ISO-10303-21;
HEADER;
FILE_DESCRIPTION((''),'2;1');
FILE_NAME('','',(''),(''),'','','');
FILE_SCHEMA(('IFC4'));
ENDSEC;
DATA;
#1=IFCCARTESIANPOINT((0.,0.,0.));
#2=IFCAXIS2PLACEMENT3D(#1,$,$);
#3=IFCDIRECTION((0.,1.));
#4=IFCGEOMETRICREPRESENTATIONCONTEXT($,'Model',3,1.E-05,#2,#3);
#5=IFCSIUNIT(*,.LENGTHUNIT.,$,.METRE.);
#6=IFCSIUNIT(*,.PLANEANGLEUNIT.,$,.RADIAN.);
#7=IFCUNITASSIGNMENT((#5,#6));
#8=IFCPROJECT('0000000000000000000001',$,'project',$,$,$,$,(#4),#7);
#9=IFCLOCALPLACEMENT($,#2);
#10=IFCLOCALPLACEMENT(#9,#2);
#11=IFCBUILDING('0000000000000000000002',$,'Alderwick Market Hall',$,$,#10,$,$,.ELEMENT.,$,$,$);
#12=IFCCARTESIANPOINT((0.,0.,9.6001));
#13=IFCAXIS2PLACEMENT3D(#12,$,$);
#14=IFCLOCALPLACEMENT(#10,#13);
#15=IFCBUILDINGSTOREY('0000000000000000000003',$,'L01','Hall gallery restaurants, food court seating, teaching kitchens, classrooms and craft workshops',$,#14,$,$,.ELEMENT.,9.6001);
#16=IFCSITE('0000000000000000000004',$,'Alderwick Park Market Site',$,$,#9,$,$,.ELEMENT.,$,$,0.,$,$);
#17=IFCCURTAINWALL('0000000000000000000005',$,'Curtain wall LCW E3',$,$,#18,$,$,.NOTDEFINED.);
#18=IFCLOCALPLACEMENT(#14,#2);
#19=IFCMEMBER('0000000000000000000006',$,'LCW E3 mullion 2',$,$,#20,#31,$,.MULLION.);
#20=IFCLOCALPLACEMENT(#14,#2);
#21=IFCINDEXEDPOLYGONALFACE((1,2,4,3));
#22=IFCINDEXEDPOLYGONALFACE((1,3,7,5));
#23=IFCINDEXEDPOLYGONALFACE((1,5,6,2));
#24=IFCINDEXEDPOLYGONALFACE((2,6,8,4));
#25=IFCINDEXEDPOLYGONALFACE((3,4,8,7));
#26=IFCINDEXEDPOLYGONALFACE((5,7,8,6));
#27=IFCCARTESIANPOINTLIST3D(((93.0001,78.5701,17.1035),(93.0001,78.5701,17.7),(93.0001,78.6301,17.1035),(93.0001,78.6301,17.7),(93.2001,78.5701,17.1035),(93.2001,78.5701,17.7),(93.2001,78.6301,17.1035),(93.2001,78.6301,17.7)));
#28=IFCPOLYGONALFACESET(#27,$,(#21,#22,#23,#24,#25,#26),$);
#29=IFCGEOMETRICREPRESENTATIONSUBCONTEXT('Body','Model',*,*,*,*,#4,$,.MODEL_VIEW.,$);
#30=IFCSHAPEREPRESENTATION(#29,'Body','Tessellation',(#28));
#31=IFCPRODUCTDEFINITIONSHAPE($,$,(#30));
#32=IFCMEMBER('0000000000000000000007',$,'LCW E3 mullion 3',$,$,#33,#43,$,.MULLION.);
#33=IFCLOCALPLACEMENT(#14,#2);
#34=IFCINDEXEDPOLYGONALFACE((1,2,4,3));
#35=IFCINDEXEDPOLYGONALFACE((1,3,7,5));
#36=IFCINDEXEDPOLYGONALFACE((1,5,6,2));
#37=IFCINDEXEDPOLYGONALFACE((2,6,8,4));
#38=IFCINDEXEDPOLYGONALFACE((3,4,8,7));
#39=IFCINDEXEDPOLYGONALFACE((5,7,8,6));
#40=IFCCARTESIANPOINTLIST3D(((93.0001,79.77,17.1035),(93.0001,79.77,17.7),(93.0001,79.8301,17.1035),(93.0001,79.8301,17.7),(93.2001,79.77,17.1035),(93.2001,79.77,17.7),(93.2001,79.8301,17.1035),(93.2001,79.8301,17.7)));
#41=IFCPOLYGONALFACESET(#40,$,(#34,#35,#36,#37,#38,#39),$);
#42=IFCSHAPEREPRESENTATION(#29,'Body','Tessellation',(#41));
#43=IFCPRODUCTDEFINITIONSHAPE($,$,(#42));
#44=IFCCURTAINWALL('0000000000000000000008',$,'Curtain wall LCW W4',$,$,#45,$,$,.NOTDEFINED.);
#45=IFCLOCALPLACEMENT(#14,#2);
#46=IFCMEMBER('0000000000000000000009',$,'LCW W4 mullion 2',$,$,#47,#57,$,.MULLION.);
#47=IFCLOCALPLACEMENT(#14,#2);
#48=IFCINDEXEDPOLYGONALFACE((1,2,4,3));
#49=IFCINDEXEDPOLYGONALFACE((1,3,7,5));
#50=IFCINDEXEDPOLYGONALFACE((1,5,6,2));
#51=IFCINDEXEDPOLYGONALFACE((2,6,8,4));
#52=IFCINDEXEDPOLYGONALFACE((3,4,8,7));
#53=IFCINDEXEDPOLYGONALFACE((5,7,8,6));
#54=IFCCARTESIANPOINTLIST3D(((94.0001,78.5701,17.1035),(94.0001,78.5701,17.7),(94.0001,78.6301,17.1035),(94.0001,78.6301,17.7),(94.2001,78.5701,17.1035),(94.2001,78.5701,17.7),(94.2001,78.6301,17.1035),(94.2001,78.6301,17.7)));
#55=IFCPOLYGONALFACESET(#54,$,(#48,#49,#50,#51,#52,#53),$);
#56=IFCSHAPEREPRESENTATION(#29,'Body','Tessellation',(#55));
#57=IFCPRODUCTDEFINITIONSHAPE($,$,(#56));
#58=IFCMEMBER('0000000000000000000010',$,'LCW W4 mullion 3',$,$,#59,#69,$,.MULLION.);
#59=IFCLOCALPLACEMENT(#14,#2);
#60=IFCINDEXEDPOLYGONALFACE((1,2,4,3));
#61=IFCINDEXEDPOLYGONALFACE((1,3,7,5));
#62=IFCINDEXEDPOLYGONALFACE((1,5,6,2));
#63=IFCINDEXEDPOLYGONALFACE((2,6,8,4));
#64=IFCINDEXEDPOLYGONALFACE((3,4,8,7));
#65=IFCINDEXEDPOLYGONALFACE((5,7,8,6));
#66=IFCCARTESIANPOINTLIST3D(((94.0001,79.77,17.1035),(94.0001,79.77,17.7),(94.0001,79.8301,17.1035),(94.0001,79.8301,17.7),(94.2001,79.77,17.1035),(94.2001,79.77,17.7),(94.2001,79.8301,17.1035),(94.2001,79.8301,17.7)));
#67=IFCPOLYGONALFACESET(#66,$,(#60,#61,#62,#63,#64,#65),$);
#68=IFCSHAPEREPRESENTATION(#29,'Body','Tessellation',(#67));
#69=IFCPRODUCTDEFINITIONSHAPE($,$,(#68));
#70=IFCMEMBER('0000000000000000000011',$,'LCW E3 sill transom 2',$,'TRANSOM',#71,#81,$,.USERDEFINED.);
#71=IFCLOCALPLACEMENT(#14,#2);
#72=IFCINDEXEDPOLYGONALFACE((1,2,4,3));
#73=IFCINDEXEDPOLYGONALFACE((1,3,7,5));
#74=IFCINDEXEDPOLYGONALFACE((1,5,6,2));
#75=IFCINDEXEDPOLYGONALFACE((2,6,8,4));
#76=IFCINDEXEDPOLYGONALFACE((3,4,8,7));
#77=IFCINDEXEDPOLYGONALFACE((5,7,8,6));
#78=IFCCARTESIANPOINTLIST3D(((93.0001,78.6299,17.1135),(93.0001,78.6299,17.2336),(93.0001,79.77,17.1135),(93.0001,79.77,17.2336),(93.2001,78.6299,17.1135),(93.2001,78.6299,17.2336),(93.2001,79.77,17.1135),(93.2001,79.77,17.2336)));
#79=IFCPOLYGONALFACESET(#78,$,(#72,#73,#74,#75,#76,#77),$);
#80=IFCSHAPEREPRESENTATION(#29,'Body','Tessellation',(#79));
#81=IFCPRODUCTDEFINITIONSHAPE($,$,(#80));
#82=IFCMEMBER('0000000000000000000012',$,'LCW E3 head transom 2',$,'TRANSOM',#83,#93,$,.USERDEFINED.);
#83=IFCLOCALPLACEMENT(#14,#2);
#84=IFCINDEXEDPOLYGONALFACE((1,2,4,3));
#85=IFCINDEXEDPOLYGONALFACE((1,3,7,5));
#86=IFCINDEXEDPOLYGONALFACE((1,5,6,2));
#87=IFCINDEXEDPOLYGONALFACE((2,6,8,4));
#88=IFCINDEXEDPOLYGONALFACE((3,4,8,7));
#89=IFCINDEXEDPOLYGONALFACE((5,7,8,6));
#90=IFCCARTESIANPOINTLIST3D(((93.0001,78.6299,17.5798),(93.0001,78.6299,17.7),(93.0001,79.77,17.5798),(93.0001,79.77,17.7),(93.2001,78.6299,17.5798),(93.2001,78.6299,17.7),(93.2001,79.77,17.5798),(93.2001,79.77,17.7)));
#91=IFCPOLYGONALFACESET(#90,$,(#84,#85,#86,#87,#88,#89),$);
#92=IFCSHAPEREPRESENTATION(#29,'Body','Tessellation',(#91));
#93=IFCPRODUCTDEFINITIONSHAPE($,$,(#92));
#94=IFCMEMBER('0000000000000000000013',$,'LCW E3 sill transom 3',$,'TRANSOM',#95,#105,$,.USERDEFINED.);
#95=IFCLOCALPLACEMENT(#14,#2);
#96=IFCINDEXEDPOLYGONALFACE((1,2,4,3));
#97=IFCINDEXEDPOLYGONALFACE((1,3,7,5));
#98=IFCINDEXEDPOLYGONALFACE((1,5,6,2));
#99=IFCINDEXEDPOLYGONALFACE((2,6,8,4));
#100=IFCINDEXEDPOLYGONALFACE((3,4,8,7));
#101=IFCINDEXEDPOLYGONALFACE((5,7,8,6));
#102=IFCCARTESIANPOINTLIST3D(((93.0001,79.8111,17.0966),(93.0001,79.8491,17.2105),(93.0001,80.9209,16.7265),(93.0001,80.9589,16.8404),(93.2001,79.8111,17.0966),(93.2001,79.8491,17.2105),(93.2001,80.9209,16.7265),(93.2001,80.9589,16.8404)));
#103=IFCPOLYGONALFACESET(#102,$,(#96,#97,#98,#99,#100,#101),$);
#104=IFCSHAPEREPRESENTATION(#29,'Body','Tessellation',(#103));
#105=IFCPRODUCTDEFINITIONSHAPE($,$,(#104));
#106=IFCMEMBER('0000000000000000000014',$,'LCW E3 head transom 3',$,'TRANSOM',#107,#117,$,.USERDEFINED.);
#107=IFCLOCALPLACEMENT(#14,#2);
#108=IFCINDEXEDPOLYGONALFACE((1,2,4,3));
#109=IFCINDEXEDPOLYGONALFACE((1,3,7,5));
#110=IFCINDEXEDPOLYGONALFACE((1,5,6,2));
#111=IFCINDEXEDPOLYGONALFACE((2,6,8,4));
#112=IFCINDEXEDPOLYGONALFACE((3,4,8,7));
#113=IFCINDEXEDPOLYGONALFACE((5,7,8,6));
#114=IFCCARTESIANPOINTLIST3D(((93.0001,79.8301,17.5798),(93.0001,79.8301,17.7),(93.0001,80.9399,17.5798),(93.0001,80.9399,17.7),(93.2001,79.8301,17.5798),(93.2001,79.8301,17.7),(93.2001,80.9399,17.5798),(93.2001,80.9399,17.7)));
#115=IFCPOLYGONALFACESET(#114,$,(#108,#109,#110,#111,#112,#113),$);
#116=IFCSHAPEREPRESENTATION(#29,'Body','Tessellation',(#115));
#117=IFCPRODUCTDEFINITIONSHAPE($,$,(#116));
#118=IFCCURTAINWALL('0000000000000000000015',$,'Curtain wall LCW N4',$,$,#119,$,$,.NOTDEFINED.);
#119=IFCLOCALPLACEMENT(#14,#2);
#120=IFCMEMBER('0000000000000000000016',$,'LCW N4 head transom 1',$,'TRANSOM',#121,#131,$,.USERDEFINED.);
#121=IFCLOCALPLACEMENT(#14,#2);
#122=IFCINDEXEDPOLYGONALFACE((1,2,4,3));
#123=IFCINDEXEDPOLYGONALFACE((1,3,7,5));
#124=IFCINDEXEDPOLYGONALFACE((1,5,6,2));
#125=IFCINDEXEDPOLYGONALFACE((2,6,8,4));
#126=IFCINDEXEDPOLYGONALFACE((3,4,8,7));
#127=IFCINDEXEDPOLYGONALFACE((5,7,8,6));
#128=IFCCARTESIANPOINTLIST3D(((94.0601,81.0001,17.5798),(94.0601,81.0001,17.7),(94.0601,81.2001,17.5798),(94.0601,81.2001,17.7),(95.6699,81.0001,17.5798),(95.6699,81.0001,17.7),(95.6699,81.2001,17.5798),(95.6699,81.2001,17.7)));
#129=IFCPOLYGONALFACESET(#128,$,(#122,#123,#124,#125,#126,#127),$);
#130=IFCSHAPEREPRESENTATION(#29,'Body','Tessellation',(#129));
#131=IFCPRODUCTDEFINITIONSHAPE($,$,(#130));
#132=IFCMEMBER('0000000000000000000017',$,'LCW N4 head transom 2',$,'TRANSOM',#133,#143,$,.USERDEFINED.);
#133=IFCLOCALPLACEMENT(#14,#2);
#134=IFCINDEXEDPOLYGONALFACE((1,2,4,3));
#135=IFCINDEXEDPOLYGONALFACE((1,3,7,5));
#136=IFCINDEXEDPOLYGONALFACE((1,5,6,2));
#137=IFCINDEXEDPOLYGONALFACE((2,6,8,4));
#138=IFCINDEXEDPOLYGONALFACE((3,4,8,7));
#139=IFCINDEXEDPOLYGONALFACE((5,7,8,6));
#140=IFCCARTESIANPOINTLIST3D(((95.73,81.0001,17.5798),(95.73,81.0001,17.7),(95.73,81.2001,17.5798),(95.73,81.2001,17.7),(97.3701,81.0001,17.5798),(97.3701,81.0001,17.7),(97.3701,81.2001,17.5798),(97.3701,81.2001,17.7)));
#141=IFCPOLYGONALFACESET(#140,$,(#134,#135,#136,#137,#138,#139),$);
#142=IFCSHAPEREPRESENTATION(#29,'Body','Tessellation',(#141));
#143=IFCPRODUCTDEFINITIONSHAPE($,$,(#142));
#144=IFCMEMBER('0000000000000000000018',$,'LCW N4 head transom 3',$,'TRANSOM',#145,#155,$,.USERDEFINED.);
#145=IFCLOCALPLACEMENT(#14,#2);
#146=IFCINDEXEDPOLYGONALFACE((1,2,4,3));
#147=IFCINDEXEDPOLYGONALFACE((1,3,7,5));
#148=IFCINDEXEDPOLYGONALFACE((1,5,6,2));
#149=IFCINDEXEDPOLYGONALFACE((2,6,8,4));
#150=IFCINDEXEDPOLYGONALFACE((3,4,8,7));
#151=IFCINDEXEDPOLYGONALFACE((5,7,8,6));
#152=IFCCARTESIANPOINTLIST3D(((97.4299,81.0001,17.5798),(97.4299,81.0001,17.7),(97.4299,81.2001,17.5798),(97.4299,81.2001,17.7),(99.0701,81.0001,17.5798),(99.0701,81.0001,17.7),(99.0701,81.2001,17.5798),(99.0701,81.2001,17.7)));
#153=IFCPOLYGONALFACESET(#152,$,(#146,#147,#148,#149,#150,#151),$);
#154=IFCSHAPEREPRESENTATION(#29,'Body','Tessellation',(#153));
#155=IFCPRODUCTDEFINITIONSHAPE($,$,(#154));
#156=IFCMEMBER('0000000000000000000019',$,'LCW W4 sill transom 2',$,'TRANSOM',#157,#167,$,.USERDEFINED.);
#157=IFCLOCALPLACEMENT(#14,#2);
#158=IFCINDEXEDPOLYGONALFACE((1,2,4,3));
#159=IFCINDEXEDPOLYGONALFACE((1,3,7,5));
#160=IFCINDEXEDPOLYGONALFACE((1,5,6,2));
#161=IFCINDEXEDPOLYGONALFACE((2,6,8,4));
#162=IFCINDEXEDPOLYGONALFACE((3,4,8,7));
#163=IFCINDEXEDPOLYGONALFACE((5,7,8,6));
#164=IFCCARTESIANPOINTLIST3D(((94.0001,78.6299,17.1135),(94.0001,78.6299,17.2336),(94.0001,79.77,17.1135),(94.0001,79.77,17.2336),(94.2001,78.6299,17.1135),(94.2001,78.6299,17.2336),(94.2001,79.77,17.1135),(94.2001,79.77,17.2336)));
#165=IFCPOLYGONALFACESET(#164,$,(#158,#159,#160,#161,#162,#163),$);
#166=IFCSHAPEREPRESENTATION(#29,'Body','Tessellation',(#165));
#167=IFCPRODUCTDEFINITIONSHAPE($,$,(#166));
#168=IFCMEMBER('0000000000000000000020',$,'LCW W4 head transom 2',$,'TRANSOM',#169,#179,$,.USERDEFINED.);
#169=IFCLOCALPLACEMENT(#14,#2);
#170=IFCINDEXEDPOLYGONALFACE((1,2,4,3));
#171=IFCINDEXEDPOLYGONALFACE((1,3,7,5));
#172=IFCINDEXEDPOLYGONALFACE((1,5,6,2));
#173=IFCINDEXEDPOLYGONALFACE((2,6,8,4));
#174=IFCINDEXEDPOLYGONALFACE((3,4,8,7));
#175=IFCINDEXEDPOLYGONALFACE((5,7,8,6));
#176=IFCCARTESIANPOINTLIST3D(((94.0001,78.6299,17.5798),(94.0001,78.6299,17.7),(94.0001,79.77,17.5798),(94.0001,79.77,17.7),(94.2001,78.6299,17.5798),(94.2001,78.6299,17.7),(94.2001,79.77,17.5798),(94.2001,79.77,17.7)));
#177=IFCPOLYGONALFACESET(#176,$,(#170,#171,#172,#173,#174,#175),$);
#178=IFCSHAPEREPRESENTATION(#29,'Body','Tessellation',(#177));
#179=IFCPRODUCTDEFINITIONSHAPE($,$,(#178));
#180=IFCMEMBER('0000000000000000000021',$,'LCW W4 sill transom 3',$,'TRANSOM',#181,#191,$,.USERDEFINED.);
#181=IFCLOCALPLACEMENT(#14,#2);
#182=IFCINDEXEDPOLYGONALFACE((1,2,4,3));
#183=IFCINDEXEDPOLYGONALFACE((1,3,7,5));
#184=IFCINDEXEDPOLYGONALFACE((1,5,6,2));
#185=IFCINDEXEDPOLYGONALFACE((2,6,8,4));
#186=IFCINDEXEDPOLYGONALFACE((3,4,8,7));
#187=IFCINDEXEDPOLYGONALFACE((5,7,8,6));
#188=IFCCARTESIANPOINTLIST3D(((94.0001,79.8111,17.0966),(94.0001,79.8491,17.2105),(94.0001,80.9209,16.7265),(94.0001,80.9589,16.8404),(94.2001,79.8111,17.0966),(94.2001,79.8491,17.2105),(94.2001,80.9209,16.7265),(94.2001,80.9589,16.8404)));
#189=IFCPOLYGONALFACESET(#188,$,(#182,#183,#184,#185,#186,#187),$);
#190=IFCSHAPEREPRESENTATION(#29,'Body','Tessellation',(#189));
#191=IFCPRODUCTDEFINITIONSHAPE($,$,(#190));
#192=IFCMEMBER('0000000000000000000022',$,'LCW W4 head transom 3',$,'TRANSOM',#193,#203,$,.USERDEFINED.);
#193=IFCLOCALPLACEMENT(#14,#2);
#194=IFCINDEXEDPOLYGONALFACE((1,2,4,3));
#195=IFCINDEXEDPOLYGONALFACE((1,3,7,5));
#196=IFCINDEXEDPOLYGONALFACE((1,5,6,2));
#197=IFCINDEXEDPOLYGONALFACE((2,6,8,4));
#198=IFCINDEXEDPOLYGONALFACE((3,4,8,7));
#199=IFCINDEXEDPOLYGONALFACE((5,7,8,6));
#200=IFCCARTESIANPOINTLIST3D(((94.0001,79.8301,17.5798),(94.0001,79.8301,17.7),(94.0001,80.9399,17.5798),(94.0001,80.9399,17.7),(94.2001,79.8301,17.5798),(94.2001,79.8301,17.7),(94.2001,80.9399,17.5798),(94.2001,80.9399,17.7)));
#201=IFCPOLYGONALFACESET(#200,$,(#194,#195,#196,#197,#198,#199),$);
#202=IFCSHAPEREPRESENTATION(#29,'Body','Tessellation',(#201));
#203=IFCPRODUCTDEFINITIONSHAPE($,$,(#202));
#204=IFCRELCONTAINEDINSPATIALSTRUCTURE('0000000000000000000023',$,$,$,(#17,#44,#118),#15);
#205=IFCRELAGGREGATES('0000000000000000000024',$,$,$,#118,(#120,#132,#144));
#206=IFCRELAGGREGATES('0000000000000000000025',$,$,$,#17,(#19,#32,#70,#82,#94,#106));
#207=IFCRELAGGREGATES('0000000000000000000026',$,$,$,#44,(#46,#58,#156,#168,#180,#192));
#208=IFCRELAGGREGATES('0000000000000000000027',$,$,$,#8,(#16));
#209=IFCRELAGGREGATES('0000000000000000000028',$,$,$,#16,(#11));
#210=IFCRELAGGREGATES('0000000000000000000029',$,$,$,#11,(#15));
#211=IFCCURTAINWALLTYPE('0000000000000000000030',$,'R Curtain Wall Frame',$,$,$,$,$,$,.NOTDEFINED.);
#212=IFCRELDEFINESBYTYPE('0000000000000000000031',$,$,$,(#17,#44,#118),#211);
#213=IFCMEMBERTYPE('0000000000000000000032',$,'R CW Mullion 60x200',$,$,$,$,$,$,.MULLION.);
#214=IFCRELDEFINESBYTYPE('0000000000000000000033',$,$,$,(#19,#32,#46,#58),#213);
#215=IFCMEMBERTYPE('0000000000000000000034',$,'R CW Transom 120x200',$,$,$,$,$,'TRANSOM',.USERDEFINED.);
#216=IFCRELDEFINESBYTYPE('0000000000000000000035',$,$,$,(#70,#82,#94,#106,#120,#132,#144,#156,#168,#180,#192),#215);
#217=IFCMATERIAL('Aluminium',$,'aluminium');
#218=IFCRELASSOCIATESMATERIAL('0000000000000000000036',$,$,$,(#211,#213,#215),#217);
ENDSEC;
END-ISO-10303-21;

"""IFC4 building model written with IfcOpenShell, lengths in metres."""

from ifc_helpers import new_model, si_unit, direction, frame, origin, origin_2d, place, context, subcontext, project, spatial, rectangle, extrude, material, material_profile, profile_set, type_object, element, aggregate, save


model = new_model("IFC4")

# Units and contexts
model_context = context("Model", 3, precision=1e-05, world=origin(), true_north=direction((0.0, 1.0)))
body_context = subcontext(model_context, "Body", "Model", "MODEL_VIEW")
ifc_project = project(units=[si_unit("LENGTHUNIT", "METRE"), si_unit("PLANEANGLEUNIT", "RADIAN")], contexts=[model_context])

# Site, building, storey
site_placement = place(None, origin())
site = spatial("IfcSite", under=ifc_project, at=site_placement, Name="Alderwick Park Market Site", CompositionType="ELEMENT", RefElevation=0.0)
building_placement = place(site_placement, origin())
building = spatial("IfcBuilding", under=site, at=building_placement, Name="Alderwick Market Hall", CompositionType="ELEMENT")
storey_placement = place(building_placement, frame((0.0, 0.0, 9.6001)))
storey = spatial("IfcBuildingStorey", under=building, at=storey_placement, Name="L01", Description="Hall gallery restaurants, food court seating, teaching kitchens, classrooms and craft workshops", CompositionType="ELEMENT", Elevation=9.6001)

# Curtain walls, members
ifc_material_1 = material(Name="Aluminium", Category="aluminium")
curtain_wall_type = type_object("IfcCurtainWallType", Name="R Curtain Wall Frame", PredefinedType="NOTDEFINED", material=ifc_material_1)
curtain_wall_1_placement = place(storey_placement, origin())
curtain_wall_1 = element("IfcCurtainWall", 1, at=curtain_wall_1_placement, inside=storey, type_object=curtain_wall_type, Name="Curtain wall LCW E3", PredefinedType="NOTDEFINED")
ifc_material_profile_1 = material_profile(ifc_material_1, rectangle(XDim=0.2, YDim=0.0601, at=origin_2d()), Name="AL 60x200")
ifc_profile_set_1 = profile_set([ifc_material_profile_1], Name="Aluminium")
member_type_1 = type_object("IfcMemberType", Name="R CW Mullion 60x200", PredefinedType="MULLION", material=ifc_profile_set_1)
member_1_placement = place(storey_placement, frame((93.1001, 78.6001, 17.1035), z_axis=(0.0, 0.0, 1.0), x_axis=(1.0, 0.0, 0.0)))
member_1 = element("IfcMember", 2, at=member_1_placement, type_object=member_type_1, Name="LCW E3 mullion 2", PredefinedType="MULLION", context=body_context, shape_type="SweptSolid", body=[
    extrude(rectangle(XDim=0.2, YDim=0.0601, at=origin_2d()), origin(), (0.0, 0.0, 1.0), 0.5964),
])
member_2_placement = place(storey_placement, frame((93.1001, 79.8, 17.1035), z_axis=(0.0, 0.0, 1.0), x_axis=(1.0, 0.0, 0.0)))
member_2 = element("IfcMember", 3, at=member_2_placement, type_object=member_type_1, Name="LCW E3 mullion 3", PredefinedType="MULLION", context=body_context, shape_type="SweptSolid", body=[
    extrude(rectangle(XDim=0.2, YDim=0.0601, at=origin_2d()), origin(), (0.0, 0.0, 1.0), 0.5964),
])
curtain_wall_2_placement = place(storey_placement, origin())
curtain_wall_2 = element("IfcCurtainWall", 4, at=curtain_wall_2_placement, inside=storey, type_object=curtain_wall_type, Name="Curtain wall LCW W4", PredefinedType="NOTDEFINED")
member_3_placement = place(storey_placement, frame((94.1001, 78.6001, 17.1035), z_axis=(0.0, 0.0, 1.0), x_axis=(1.0, 0.0, 0.0)))
member_3 = element("IfcMember", 5, at=member_3_placement, type_object=member_type_1, Name="LCW W4 mullion 2", PredefinedType="MULLION", context=body_context, shape_type="SweptSolid", body=[
    extrude(rectangle(XDim=0.2, YDim=0.0601, at=origin_2d()), origin(), (0.0, 0.0, 1.0), 0.5964),
])
member_4_placement = place(storey_placement, frame((94.1001, 79.8, 17.1035), z_axis=(0.0, 0.0, 1.0), x_axis=(1.0, 0.0, 0.0)))
member_4 = element("IfcMember", 6, at=member_4_placement, type_object=member_type_1, Name="LCW W4 mullion 3", PredefinedType="MULLION", context=body_context, shape_type="SweptSolid", body=[
    extrude(rectangle(XDim=0.2, YDim=0.0601, at=origin_2d()), origin(), (0.0, 0.0, 1.0), 0.5964),
])

# Members
ifc_material_profile_2 = material_profile(ifc_material_1, rectangle(XDim=0.2, YDim=0.1201, at=origin_2d()), Name="AL 120x200")
ifc_profile_set_2 = profile_set([ifc_material_profile_2], Name="Aluminium")
member_type_2 = type_object("IfcMemberType", Name="R CW Transom 120x200", ElementType="TRANSOM", PredefinedType="USERDEFINED", material=ifc_profile_set_2)
member_5_placement = place(storey_placement, frame((93.1001, 78.6299, 17.1736), z_axis=(0.0, 1.0, 0.0), x_axis=(-1.0, 0.0, 0.0)))
member_5 = element("IfcMember", 7, at=member_5_placement, type_object=member_type_2, Name="LCW E3 sill transom 2", ObjectType="TRANSOM", PredefinedType="USERDEFINED", context=body_context, shape_type="SweptSolid", body=[
    extrude(rectangle(XDim=0.2, YDim=0.1201, at=origin_2d()), origin(), (0.0, 0.0, 1.0), 1.1401),
])
member_6_placement = place(storey_placement, frame((93.1001, 78.6299, 17.6399), z_axis=(0.0, 1.0, 0.0), x_axis=(-1.0, 0.0, 0.0)))
member_6 = element("IfcMember", 8, at=member_6_placement, type_object=member_type_2, Name="LCW E3 head transom 2", ObjectType="TRANSOM", PredefinedType="USERDEFINED", context=body_context, shape_type="SweptSolid", body=[
    extrude(rectangle(XDim=0.2, YDim=0.1201, at=origin_2d()), origin(), (0.0, 0.0, 1.0), 1.1401),
])
member_7_placement = place(storey_placement, frame((93.1001, 79.8301, 17.1536), z_axis=(0.0, 0.948642, -0.316353), x_axis=(-1.0, 0.0, 0.0)))
member_7 = element("IfcMember", 9, at=member_7_placement, type_object=member_type_2, Name="LCW E3 sill transom 3", ObjectType="TRANSOM", PredefinedType="USERDEFINED", context=body_context, shape_type="SweptSolid", body=[
    extrude(rectangle(XDim=0.2, YDim=0.1201, at=origin_2d()), origin(), (0.0, 0.0, 1.0), 1.1699),
])
member_8_placement = place(storey_placement, frame((93.1001, 79.8301, 17.6399), z_axis=(0.0, 1.0, 0.0), x_axis=(-1.0, 0.0, 0.0)))
member_8 = element("IfcMember", 10, at=member_8_placement, type_object=member_type_2, Name="LCW E3 head transom 3", ObjectType="TRANSOM", PredefinedType="USERDEFINED", context=body_context, shape_type="SweptSolid", body=[
    extrude(rectangle(XDim=0.2, YDim=0.1201, at=origin_2d()), origin(), (0.0, 0.0, 1.0), 1.1099),
])

# Curtain wall, members
curtain_wall_3_placement = place(storey_placement, origin())
curtain_wall_3 = element("IfcCurtainWall", 11, at=curtain_wall_3_placement, inside=storey, type_object=curtain_wall_type, Name="Curtain wall LCW N4", PredefinedType="NOTDEFINED")
member_9_placement = place(storey_placement, frame((94.0601, 81.1001, 17.6399), z_axis=(1.0, 0.0, 0.0), x_axis=(0.0, 1.0, 0.0)))
member_9 = element("IfcMember", 12, at=member_9_placement, type_object=member_type_2, Name="LCW N4 head transom 1", ObjectType="TRANSOM", PredefinedType="USERDEFINED", context=body_context, shape_type="SweptSolid", body=[
    extrude(rectangle(XDim=0.2, YDim=0.1201, at=origin_2d()), origin(), (0.0, 0.0, 1.0), 1.6099),
])
member_10_placement = place(storey_placement, frame((95.73, 81.1001, 17.6399), z_axis=(1.0, 0.0, 0.0), x_axis=(0.0, 1.0, 0.0)))
member_10 = element("IfcMember", 13, at=member_10_placement, type_object=member_type_2, Name="LCW N4 head transom 2", ObjectType="TRANSOM", PredefinedType="USERDEFINED", context=body_context, shape_type="SweptSolid", body=[
    extrude(rectangle(XDim=0.2, YDim=0.1201, at=origin_2d()), origin(), (0.0, 0.0, 1.0), 1.6401),
])
member_11_placement = place(storey_placement, frame((97.4299, 81.1001, 17.6399), z_axis=(1.0, 0.0, 0.0), x_axis=(0.0, 1.0, 0.0)))
member_11 = element("IfcMember", 14, at=member_11_placement, type_object=member_type_2, Name="LCW N4 head transom 3", ObjectType="TRANSOM", PredefinedType="USERDEFINED", context=body_context, shape_type="SweptSolid", body=[
    extrude(rectangle(XDim=0.2, YDim=0.1201, at=origin_2d()), origin(), (0.0, 0.0, 1.0), 1.6401),
])
aggregate(curtain_wall_3, [member_9, member_10, member_11])

# Members
member_12_placement = place(storey_placement, frame((94.1001, 78.6299, 17.1736), z_axis=(0.0, 1.0, 0.0), x_axis=(-1.0, 0.0, 0.0)))
member_12 = element("IfcMember", 15, at=member_12_placement, type_object=member_type_2, Name="LCW W4 sill transom 2", ObjectType="TRANSOM", PredefinedType="USERDEFINED", context=body_context, shape_type="SweptSolid", body=[
    extrude(rectangle(XDim=0.2, YDim=0.1201, at=origin_2d()), origin(), (0.0, 0.0, 1.0), 1.1401),
])
member_13_placement = place(storey_placement, frame((94.1001, 78.6299, 17.6399), z_axis=(0.0, 1.0, 0.0), x_axis=(-1.0, 0.0, 0.0)))
member_13 = element("IfcMember", 16, at=member_13_placement, type_object=member_type_2, Name="LCW W4 head transom 2", ObjectType="TRANSOM", PredefinedType="USERDEFINED", context=body_context, shape_type="SweptSolid", body=[
    extrude(rectangle(XDim=0.2, YDim=0.1201, at=origin_2d()), origin(), (0.0, 0.0, 1.0), 1.1401),
])
member_14_placement = place(storey_placement, frame((94.1001, 79.8301, 17.1536), z_axis=(0.0, 0.948642, -0.316353), x_axis=(-1.0, 0.0, 0.0)))
member_14 = element("IfcMember", 17, at=member_14_placement, type_object=member_type_2, Name="LCW W4 sill transom 3", ObjectType="TRANSOM", PredefinedType="USERDEFINED", context=body_context, shape_type="SweptSolid", body=[
    extrude(rectangle(XDim=0.2, YDim=0.1201, at=origin_2d()), origin(), (0.0, 0.0, 1.0), 1.1699),
])
member_15_placement = place(storey_placement, frame((94.1001, 79.8301, 17.6399), z_axis=(0.0, 1.0, 0.0), x_axis=(-1.0, 0.0, 0.0)))
member_15 = element("IfcMember", 18, at=member_15_placement, type_object=member_type_2, Name="LCW W4 head transom 3", ObjectType="TRANSOM", PredefinedType="USERDEFINED", context=body_context, shape_type="SweptSolid", body=[
    extrude(rectangle(XDim=0.2, YDim=0.1201, at=origin_2d()), origin(), (0.0, 0.0, 1.0), 1.1099),
])

aggregate(curtain_wall_1, [member_1, member_2, member_5, member_6, member_7, member_8])
aggregate(curtain_wall_2, [member_3, member_4, member_12, member_13, member_14, member_15])

save(model, "model.ifc")
